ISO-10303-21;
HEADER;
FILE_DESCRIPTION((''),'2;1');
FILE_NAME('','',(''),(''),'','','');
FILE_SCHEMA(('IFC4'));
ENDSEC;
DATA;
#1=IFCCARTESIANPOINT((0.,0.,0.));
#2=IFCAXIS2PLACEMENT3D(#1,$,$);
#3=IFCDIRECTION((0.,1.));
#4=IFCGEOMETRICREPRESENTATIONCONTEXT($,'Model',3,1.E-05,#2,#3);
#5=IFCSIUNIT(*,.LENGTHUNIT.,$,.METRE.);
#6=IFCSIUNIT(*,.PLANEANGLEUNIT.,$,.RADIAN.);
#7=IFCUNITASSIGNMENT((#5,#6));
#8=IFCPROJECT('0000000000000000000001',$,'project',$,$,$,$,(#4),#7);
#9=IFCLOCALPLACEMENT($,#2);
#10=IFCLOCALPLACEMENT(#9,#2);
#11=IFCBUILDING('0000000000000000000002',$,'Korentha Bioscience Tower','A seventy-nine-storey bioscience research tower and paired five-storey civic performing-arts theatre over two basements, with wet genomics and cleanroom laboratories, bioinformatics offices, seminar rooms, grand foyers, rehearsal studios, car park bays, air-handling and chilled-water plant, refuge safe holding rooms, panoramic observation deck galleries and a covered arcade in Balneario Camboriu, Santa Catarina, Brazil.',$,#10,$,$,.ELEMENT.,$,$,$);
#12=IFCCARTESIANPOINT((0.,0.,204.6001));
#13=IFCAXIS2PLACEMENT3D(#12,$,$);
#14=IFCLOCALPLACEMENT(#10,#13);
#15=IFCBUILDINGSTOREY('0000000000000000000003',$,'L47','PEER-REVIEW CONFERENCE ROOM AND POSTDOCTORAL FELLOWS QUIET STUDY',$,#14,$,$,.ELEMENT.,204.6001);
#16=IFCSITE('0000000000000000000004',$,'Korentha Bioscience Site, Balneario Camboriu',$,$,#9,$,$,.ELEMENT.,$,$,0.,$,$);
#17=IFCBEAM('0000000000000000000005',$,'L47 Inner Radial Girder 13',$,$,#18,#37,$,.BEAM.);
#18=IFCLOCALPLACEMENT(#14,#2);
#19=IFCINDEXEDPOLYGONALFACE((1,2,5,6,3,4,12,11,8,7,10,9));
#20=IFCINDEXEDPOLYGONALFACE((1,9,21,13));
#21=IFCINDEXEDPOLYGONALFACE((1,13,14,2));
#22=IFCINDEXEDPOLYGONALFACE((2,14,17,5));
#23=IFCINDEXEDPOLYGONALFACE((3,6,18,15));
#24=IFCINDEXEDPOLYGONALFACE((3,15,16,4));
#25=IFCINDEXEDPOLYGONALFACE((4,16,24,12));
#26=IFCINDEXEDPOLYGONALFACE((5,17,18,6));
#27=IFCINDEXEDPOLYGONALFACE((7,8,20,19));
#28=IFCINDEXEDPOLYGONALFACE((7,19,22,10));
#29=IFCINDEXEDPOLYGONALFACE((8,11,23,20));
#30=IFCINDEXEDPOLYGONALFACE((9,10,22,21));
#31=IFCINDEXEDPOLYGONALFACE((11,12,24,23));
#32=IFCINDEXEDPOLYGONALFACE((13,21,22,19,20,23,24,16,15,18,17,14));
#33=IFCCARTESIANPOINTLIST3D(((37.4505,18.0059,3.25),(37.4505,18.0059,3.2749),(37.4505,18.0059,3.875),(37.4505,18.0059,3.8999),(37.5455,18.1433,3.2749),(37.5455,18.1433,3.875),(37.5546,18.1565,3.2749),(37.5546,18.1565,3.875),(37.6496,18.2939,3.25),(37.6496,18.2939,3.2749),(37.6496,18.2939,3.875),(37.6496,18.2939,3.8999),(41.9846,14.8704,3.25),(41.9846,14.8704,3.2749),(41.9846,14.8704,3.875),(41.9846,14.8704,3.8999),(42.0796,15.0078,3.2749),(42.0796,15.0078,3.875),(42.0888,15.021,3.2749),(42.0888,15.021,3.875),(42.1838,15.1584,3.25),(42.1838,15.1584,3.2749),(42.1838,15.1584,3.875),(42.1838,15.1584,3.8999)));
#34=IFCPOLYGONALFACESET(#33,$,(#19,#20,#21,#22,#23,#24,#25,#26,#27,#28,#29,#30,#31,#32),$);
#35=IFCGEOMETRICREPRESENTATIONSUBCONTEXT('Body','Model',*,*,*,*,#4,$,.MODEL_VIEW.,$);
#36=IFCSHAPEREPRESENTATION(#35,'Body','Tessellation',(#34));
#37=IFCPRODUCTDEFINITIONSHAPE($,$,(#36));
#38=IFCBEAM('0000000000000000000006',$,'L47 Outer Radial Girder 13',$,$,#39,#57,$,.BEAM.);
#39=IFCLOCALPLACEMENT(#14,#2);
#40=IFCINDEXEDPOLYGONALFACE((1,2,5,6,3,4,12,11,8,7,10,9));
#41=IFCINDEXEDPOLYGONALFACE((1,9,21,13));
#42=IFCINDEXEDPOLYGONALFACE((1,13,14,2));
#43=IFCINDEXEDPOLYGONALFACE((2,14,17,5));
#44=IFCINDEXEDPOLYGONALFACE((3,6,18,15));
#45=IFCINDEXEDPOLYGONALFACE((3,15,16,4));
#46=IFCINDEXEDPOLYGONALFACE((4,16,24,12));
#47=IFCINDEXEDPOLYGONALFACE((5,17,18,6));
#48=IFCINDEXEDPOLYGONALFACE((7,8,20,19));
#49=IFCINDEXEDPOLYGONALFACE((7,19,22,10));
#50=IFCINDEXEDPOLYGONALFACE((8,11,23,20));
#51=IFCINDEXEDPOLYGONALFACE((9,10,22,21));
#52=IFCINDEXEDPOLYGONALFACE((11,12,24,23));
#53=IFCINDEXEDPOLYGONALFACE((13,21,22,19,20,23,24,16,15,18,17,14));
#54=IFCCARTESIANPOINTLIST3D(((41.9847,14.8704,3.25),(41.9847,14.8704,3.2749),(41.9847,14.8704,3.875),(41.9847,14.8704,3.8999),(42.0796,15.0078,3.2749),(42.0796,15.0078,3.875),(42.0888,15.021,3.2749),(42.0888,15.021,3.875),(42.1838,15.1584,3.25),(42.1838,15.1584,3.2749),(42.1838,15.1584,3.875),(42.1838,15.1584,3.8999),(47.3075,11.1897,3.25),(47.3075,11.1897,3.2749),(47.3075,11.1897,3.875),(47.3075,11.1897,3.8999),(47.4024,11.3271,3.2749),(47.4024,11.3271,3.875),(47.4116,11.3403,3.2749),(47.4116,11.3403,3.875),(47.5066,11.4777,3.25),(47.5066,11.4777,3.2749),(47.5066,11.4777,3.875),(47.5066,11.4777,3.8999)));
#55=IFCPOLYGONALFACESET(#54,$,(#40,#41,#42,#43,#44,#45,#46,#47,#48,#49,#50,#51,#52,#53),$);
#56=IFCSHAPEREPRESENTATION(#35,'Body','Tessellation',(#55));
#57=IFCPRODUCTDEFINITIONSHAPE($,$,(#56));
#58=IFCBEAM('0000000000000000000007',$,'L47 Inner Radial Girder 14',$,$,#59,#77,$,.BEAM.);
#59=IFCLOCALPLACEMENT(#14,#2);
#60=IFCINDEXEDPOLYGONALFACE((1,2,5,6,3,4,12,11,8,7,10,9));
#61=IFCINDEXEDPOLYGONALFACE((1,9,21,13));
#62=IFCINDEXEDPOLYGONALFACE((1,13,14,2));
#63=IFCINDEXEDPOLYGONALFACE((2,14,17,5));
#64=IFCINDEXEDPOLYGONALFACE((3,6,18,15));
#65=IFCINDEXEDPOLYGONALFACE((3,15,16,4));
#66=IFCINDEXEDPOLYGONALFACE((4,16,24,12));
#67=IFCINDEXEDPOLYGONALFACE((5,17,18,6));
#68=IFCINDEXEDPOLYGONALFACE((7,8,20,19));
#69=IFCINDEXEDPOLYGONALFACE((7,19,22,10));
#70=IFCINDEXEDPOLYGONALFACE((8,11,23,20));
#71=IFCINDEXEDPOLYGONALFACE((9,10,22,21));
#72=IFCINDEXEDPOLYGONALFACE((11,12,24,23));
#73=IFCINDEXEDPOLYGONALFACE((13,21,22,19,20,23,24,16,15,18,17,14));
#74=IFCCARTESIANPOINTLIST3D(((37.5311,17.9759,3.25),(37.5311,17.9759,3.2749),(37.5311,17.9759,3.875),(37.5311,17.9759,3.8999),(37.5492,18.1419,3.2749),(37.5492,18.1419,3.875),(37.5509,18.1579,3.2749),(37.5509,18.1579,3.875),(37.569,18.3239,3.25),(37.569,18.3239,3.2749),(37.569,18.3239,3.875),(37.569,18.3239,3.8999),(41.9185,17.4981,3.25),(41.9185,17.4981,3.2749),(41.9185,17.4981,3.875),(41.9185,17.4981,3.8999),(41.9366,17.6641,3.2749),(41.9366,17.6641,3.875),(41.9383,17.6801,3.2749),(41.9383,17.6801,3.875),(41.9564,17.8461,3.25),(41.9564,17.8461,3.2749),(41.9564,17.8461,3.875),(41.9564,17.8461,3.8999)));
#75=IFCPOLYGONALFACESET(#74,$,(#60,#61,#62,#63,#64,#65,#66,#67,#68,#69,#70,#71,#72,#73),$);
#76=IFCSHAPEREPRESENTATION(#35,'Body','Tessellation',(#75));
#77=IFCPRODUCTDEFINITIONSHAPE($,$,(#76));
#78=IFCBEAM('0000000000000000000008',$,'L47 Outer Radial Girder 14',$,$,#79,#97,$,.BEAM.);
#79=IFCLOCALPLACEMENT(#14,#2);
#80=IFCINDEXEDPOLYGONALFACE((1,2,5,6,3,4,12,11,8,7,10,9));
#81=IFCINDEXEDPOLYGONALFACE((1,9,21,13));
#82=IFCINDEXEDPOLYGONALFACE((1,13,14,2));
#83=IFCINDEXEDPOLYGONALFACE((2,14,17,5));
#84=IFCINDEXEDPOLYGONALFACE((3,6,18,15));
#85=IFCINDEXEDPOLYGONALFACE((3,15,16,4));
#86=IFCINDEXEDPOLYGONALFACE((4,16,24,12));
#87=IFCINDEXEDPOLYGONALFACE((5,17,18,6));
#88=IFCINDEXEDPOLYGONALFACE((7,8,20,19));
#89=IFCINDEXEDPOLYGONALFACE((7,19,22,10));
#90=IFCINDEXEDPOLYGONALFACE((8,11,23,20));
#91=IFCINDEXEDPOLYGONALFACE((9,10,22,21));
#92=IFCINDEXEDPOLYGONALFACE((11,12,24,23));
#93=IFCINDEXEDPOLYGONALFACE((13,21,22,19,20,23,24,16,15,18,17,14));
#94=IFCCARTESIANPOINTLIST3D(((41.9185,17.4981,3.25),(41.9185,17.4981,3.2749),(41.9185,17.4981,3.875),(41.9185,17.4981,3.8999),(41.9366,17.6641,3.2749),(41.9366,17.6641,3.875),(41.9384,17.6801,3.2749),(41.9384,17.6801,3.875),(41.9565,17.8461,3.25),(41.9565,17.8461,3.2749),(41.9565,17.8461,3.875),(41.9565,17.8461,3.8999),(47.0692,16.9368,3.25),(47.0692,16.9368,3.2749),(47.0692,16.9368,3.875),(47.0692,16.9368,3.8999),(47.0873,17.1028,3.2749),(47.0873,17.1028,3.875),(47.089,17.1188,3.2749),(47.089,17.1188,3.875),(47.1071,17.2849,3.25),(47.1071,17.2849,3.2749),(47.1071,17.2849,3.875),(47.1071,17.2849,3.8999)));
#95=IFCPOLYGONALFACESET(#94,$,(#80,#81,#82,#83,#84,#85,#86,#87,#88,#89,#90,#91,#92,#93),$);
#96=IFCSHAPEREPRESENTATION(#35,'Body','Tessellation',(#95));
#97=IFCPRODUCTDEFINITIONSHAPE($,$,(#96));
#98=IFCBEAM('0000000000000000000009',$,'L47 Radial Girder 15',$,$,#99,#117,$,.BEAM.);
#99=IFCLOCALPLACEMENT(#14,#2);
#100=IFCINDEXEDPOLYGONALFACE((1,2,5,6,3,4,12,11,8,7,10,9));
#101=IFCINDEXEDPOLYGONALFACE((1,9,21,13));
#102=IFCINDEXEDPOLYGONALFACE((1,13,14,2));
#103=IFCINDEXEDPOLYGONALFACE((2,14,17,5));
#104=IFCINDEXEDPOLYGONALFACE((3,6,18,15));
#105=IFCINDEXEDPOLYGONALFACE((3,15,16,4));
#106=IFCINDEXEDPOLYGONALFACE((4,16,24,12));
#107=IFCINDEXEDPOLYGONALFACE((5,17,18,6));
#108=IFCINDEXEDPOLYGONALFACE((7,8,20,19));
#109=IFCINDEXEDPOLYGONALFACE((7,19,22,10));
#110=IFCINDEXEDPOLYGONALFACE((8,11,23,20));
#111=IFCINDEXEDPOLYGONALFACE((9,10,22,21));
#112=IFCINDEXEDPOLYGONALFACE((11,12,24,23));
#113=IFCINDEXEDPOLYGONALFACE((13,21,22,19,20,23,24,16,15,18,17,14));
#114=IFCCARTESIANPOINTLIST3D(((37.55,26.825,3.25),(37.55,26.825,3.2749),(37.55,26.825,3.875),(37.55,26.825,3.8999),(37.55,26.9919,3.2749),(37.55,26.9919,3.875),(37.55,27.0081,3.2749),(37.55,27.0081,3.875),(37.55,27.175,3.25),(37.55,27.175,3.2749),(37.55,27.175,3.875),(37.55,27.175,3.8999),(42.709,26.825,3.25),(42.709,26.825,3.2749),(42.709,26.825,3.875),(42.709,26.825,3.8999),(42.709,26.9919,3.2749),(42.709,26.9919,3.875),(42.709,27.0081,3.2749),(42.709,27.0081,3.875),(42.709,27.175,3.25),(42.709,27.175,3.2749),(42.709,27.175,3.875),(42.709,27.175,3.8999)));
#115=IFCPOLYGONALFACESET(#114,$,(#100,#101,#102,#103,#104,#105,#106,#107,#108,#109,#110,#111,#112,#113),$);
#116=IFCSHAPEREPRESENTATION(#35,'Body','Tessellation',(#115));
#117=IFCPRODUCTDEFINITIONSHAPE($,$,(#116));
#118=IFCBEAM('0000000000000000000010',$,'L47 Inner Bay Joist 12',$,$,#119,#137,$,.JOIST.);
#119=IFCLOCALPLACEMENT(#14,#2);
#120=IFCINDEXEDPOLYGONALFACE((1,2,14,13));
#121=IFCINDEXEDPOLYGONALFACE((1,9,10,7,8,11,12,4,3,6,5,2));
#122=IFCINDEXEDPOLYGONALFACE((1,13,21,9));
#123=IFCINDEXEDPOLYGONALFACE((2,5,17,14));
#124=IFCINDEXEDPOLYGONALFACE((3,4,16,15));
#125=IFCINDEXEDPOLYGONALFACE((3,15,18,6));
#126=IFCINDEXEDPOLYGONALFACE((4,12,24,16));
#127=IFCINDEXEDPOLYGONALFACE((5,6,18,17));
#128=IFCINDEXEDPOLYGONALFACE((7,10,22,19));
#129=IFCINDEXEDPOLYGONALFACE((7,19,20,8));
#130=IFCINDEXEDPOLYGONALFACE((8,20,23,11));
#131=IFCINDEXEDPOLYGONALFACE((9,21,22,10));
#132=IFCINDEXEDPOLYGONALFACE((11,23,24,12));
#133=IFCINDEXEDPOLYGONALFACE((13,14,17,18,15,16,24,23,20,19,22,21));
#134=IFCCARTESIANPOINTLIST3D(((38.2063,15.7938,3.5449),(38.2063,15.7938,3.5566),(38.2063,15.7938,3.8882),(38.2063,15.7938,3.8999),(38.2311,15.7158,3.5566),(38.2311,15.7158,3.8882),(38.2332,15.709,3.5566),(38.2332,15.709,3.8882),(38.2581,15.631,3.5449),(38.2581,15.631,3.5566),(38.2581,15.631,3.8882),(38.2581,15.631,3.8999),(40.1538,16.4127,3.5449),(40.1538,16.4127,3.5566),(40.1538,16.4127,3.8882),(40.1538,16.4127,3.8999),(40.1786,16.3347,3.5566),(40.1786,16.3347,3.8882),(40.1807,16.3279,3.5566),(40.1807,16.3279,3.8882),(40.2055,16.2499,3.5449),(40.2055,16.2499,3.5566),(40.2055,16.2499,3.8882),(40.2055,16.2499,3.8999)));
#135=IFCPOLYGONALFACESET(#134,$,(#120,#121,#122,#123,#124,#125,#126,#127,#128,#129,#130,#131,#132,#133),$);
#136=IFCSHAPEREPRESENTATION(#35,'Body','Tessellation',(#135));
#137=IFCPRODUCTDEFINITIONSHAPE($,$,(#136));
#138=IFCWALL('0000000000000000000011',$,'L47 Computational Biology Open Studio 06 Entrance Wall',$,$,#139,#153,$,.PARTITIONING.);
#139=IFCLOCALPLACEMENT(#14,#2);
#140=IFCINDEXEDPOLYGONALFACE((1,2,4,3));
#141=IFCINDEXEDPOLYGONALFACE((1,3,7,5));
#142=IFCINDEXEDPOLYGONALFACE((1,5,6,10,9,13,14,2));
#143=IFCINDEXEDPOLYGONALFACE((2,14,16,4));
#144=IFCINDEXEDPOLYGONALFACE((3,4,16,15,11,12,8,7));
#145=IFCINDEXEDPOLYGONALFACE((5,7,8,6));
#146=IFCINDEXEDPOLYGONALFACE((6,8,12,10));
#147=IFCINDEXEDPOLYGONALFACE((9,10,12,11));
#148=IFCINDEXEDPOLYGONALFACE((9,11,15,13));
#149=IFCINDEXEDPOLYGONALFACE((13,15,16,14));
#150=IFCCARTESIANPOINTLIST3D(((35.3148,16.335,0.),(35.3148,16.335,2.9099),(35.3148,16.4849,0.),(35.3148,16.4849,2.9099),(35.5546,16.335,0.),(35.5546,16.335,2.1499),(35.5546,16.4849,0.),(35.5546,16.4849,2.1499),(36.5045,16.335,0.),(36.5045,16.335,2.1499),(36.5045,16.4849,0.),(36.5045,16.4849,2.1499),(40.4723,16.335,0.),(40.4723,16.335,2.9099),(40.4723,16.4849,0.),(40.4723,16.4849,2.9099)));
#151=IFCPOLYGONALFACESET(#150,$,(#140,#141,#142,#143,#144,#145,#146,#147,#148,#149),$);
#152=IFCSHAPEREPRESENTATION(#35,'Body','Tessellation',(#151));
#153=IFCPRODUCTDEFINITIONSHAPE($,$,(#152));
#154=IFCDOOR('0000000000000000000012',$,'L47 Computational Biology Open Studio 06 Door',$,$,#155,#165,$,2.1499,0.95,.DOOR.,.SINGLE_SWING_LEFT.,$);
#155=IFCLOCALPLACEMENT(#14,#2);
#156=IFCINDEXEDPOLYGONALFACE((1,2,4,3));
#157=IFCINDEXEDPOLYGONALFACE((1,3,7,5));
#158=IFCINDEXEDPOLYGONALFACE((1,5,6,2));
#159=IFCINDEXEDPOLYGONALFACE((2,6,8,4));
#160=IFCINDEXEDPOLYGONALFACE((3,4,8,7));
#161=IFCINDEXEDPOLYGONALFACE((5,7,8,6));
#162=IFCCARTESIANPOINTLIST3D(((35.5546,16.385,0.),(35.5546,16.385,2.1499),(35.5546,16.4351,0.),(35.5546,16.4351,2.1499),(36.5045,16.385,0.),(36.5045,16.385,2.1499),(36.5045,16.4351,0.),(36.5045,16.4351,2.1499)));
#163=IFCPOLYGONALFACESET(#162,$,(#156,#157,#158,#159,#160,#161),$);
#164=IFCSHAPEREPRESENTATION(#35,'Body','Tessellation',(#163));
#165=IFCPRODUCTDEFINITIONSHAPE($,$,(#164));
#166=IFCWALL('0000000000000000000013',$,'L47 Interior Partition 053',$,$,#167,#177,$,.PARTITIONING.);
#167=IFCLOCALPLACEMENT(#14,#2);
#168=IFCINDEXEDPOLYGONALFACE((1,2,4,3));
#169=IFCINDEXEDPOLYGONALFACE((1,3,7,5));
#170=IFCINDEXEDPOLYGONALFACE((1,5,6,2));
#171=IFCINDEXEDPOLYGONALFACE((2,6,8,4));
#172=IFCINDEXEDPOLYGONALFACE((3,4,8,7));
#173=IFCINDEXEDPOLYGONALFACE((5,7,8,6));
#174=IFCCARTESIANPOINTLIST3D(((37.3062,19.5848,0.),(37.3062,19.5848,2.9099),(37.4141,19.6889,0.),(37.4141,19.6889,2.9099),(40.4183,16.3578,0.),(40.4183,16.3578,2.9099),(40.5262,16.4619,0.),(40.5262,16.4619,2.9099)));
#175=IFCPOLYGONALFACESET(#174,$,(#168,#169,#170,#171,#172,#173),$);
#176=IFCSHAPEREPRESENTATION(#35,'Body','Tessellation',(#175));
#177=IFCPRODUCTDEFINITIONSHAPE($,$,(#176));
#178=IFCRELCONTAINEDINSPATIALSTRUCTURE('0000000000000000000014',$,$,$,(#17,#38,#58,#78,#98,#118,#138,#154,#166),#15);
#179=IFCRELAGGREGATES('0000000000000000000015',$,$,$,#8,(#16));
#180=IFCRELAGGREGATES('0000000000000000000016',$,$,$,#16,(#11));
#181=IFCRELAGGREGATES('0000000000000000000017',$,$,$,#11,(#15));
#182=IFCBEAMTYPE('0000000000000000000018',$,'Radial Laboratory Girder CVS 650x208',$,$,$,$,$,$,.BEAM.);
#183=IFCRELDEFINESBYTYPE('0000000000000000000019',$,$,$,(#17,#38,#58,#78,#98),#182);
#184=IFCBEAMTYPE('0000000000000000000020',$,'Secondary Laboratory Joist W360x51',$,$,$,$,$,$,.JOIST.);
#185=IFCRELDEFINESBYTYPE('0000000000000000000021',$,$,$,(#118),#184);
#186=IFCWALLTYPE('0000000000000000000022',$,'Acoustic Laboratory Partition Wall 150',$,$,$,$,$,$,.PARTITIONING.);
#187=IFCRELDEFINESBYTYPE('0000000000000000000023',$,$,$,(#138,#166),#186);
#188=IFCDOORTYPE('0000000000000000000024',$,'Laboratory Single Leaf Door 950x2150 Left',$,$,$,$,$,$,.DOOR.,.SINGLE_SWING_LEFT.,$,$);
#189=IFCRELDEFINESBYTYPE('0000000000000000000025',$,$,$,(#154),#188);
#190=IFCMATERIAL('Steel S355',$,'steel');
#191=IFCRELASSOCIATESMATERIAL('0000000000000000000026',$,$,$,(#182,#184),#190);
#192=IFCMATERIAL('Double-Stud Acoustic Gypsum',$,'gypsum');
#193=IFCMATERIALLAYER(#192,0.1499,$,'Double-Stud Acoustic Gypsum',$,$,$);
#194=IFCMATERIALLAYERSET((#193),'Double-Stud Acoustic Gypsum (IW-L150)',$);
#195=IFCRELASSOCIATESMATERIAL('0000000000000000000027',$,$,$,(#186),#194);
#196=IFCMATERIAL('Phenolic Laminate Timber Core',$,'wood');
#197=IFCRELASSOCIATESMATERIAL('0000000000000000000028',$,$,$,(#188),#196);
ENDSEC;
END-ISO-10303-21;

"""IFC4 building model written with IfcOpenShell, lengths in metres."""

from ifc_helpers import new_model, si_unit, direction, frame, frame_2d, origin, origin_2d, place, context, subcontext, project, spatial, rectangle, i_section, extrude, material, layer, layer_set, material_profile, profile_set, type_object, element, fill, save


model = new_model("IFC4")

# Units and contexts
model_context = context("Model", 3, precision=1e-05, world=origin(), true_north=direction((0.0, 1.0)))
body_context = subcontext(model_context, "Body", "Model", "MODEL_VIEW")
ifc_project = project(units=[si_unit("LENGTHUNIT", "METRE"), si_unit("PLANEANGLEUNIT", "RADIAN")], contexts=[model_context])

# Site, building, storey
site_placement = place(None, origin())
site = spatial("IfcSite", under=ifc_project, at=site_placement, Name="Korentha Bioscience Site, Balneario Camboriu", CompositionType="ELEMENT", RefElevation=0.0)
building_placement = place(site_placement, origin())
building = spatial("IfcBuilding", under=site, at=building_placement, Name="Korentha Bioscience Tower", Description="A seventy-nine-storey bioscience research tower and paired five-storey civic performing-arts theatre over two basements, with wet genomics and cleanroom laboratories, bioinformatics offices, seminar rooms, grand foyers, rehearsal studios, car park bays, air-handling and chilled-water plant, refuge safe holding rooms, panoramic observation deck galleries and a covered arcade in Balneario Camboriu, Santa Catarina, Brazil.", CompositionType="ELEMENT")
storey_placement = place(building_placement, frame((0.0, 0.0, 204.6001)))
storey = spatial("IfcBuildingStorey", under=building, at=storey_placement, Name="L47", Description="PEER-REVIEW CONFERENCE ROOM AND POSTDOCTORAL FELLOWS QUIET STUDY", CompositionType="ELEMENT", Elevation=204.6001)

# Beams
ifc_material_1 = material(Name="Steel S355", Category="steel")
ifc_material_profile_1 = material_profile(ifc_material_1, i_section(OverallWidth=0.3501, OverallDepth=0.6499, WebThickness=0.0161, FlangeThickness=0.0249, at=origin_2d()), Name="Steel S355")
ifc_profile_set_1 = profile_set([ifc_material_profile_1], Name="Steel S355 (RB-650)")
beam_type_1 = type_object("IfcBeamType", Name="Radial Laboratory Girder CVS 650x208", PredefinedType="BEAM", material=ifc_profile_set_1)
beam_1_placement = place(storey_placement, frame((37.55, 18.1499, 3.575), z_axis=(0.822493, -0.568775, 0.0), x_axis=(0.568775, 0.822493, 0.0)))
element("IfcBeam", 1, at=beam_1_placement, inside=storey, type_object=beam_type_1, Name="L47 Inner Radial Girder 13", PredefinedType="BEAM", context=body_context, shape_type="SweptSolid", body=[
    extrude(i_section(OverallWidth=0.3501, OverallDepth=0.6499, WebThickness=0.0161, FlangeThickness=0.0249, at=origin_2d()), origin(), (0.0, 0.0, 1.0), 5.5127),
])
beam_2_placement = place(storey_placement, frame((42.0842, 15.0144, 3.575), z_axis=(0.822504, -0.568759, 0.0), x_axis=(0.568759, 0.822504, 0.0)))
element("IfcBeam", 2, at=beam_2_placement, inside=storey, type_object=beam_type_1, Name="L47 Outer Radial Girder 13", PredefinedType="BEAM", context=body_context, shape_type="SweptSolid", body=[
    extrude(i_section(OverallWidth=0.3501, OverallDepth=0.6499, WebThickness=0.0161, FlangeThickness=0.0249, at=origin_2d()), origin(), (0.0, 0.0, 1.0), 6.4714),
])
beam_3_placement = place(storey_placement, frame((37.55, 18.1499, 3.575), z_axis=(0.994123, -0.108258, 0.0), x_axis=(0.108258, 0.994123, 0.0)))
element("IfcBeam", 3, at=beam_3_placement, inside=storey, type_object=beam_type_1, Name="L47 Inner Radial Girder 14", PredefinedType="BEAM", context=body_context, shape_type="SweptSolid", body=[
    extrude(i_section(OverallWidth=0.3501, OverallDepth=0.6499, WebThickness=0.0161, FlangeThickness=0.0249, at=origin_2d()), origin(), (0.0, 0.0, 1.0), 4.4133),
])
beam_4_placement = place(storey_placement, frame((41.9375, 17.6721, 3.575), z_axis=(0.994115, -0.108332, 0.0), x_axis=(0.108332, 0.994115, 0.0)))
element("IfcBeam", 4, at=beam_4_placement, inside=storey, type_object=beam_type_1, Name="L47 Outer Radial Girder 14", PredefinedType="BEAM", context=body_context, shape_type="SweptSolid", body=[
    extrude(i_section(OverallWidth=0.3501, OverallDepth=0.6499, WebThickness=0.0161, FlangeThickness=0.0249, at=origin_2d()), origin(), (0.0, 0.0, 1.0), 5.1812),
])
beam_5_placement = place(storey_placement, frame((37.55, 27.0, 3.575), z_axis=(1.0, 0.0, 0.0), x_axis=(0.0, 1.0, 0.0)))
element("IfcBeam", 5, at=beam_5_placement, inside=storey, type_object=beam_type_1, Name="L47 Radial Girder 15", PredefinedType="BEAM", context=body_context, shape_type="SweptSolid", body=[
    extrude(i_section(OverallWidth=0.3501, OverallDepth=0.6499, WebThickness=0.0161, FlangeThickness=0.0249, at=origin_2d()), origin(), (0.0, 0.0, 1.0), 5.1589),
])
ifc_material_profile_2 = material_profile(ifc_material_1, i_section(OverallWidth=0.1709, OverallDepth=0.355, WebThickness=0.0071, FlangeThickness=0.0117, at=origin_2d()), Name="Steel S355")
ifc_profile_set_2 = profile_set([ifc_material_profile_2], Name="Steel S355 (JB-360)")
beam_type_2 = type_object("IfcBeamType", Name="Secondary Laboratory Joist W360x51", PredefinedType="JOIST", material=ifc_profile_set_2)
beam_6_placement = place(storey_placement, frame((38.2322, 15.7124, 3.7224), z_axis=(0.953034, 0.302863, 0.0), x_axis=(-0.302863, 0.953034, 0.0)))
element("IfcBeam", 6, at=beam_6_placement, inside=storey, type_object=beam_type_2, Name="L47 Inner Bay Joist 12", PredefinedType="JOIST", context=body_context, shape_type="SweptSolid", body=[
    extrude(i_section(OverallWidth=0.1709, OverallDepth=0.355, WebThickness=0.0071, FlangeThickness=0.0117, at=origin_2d()), origin(), (0.0, 0.0, 1.0), 2.0435),
])

# Wall, opening, door
ifc_material_2 = material(Name="Double-Stud Acoustic Gypsum", Category="gypsum")
ifc_layer_1 = layer(ifc_material_2, 0.1499, Name="Double-Stud Acoustic Gypsum")
ifc_layer_set_1 = layer_set([ifc_layer_1], Name="Double-Stud Acoustic Gypsum (IW-L150)")
wall_type_1 = type_object("IfcWallType", Name="Acoustic Laboratory Partition Wall 150", PredefinedType="PARTITIONING", material=ifc_layer_set_1)
wall_1_placement = place(storey_placement, frame((40.4722, 16.4099, 0.0), z_axis=(0.0, 0.0, 1.0), x_axis=(-1.0, 0.0, 0.0)))
wall_1 = element("IfcWall", 7, at=wall_1_placement, inside=storey, type_object=wall_type_1, Name="L47 Computational Biology Open Studio 06 Entrance Wall", PredefinedType="PARTITIONING", context=body_context, shape_type="SweptSolid", body=[
    extrude(rectangle(XDim=5.1575, YDim=0.1499, at=frame_2d((2.5786, 0.0))), origin(), (0.0, 0.0, 1.0), 2.9099),
])
opening_placement = place(wall_1_placement, frame((3.9675, 0.0, 0.0)))
opening = element("IfcOpeningElement", 8, at=opening_placement, cuts=wall_1, PredefinedType="OPENING", context=body_context, shape_type="SweptSolid", body=[
    extrude(rectangle(XDim=0.95, YDim=2.1499, at=frame_2d((0.4751, 1.075))), frame((0.0, 0.0898, 0.0), z_axis=(0.0, -1.0, 0.0), x_axis=(1.0, 0.0, 0.0)), (0.0, 0.0, 1.0), 0.1797),
])
ifc_material_3 = material(Name="Phenolic Laminate Timber Core", Category="wood")
door_type = type_object("IfcDoorType", Name="Laboratory Single Leaf Door 950x2150 Left", OperationType="SINGLE_SWING_LEFT", PredefinedType="DOOR", material=ifc_material_3)
door_placement = place(opening_placement, origin())
door = element("IfcDoor", 9, at=door_placement, inside=storey, type_object=door_type, Name="L47 Computational Biology Open Studio 06 Door", OperationType="SINGLE_SWING_LEFT", OverallHeight=2.1499, OverallWidth=0.95, PredefinedType="DOOR", context=body_context, shape_type="SweptSolid", body=[
    extrude(rectangle(XDim=0.95, YDim=2.1499, at=frame_2d((0.4751, 1.075))), frame((0.0, 0.0249, 0.0), z_axis=(0.0, -1.0, 0.0), x_axis=(1.0, 0.0, 0.0)), (0.0, 0.0, 1.0), 0.05),
])
fill(opening, door)

# Wall
wall_2_placement = place(storey_placement, frame((37.3601, 19.637, 0.0), z_axis=(0.0, 0.0, 1.0), x_axis=(0.694166, -0.719815, 0.0)))
element("IfcWall", 10, at=wall_2_placement, inside=storey, type_object=wall_type_1, Name="L47 Interior Partition 053", PredefinedType="PARTITIONING", context=body_context, shape_type="SweptSolid", body=[
    extrude(rectangle(XDim=4.4832, YDim=0.1499, at=frame_2d((2.2417, 0.0))), origin(), (0.0, 0.0, 1.0), 2.9099),
])

save(model, "model.ifc")
